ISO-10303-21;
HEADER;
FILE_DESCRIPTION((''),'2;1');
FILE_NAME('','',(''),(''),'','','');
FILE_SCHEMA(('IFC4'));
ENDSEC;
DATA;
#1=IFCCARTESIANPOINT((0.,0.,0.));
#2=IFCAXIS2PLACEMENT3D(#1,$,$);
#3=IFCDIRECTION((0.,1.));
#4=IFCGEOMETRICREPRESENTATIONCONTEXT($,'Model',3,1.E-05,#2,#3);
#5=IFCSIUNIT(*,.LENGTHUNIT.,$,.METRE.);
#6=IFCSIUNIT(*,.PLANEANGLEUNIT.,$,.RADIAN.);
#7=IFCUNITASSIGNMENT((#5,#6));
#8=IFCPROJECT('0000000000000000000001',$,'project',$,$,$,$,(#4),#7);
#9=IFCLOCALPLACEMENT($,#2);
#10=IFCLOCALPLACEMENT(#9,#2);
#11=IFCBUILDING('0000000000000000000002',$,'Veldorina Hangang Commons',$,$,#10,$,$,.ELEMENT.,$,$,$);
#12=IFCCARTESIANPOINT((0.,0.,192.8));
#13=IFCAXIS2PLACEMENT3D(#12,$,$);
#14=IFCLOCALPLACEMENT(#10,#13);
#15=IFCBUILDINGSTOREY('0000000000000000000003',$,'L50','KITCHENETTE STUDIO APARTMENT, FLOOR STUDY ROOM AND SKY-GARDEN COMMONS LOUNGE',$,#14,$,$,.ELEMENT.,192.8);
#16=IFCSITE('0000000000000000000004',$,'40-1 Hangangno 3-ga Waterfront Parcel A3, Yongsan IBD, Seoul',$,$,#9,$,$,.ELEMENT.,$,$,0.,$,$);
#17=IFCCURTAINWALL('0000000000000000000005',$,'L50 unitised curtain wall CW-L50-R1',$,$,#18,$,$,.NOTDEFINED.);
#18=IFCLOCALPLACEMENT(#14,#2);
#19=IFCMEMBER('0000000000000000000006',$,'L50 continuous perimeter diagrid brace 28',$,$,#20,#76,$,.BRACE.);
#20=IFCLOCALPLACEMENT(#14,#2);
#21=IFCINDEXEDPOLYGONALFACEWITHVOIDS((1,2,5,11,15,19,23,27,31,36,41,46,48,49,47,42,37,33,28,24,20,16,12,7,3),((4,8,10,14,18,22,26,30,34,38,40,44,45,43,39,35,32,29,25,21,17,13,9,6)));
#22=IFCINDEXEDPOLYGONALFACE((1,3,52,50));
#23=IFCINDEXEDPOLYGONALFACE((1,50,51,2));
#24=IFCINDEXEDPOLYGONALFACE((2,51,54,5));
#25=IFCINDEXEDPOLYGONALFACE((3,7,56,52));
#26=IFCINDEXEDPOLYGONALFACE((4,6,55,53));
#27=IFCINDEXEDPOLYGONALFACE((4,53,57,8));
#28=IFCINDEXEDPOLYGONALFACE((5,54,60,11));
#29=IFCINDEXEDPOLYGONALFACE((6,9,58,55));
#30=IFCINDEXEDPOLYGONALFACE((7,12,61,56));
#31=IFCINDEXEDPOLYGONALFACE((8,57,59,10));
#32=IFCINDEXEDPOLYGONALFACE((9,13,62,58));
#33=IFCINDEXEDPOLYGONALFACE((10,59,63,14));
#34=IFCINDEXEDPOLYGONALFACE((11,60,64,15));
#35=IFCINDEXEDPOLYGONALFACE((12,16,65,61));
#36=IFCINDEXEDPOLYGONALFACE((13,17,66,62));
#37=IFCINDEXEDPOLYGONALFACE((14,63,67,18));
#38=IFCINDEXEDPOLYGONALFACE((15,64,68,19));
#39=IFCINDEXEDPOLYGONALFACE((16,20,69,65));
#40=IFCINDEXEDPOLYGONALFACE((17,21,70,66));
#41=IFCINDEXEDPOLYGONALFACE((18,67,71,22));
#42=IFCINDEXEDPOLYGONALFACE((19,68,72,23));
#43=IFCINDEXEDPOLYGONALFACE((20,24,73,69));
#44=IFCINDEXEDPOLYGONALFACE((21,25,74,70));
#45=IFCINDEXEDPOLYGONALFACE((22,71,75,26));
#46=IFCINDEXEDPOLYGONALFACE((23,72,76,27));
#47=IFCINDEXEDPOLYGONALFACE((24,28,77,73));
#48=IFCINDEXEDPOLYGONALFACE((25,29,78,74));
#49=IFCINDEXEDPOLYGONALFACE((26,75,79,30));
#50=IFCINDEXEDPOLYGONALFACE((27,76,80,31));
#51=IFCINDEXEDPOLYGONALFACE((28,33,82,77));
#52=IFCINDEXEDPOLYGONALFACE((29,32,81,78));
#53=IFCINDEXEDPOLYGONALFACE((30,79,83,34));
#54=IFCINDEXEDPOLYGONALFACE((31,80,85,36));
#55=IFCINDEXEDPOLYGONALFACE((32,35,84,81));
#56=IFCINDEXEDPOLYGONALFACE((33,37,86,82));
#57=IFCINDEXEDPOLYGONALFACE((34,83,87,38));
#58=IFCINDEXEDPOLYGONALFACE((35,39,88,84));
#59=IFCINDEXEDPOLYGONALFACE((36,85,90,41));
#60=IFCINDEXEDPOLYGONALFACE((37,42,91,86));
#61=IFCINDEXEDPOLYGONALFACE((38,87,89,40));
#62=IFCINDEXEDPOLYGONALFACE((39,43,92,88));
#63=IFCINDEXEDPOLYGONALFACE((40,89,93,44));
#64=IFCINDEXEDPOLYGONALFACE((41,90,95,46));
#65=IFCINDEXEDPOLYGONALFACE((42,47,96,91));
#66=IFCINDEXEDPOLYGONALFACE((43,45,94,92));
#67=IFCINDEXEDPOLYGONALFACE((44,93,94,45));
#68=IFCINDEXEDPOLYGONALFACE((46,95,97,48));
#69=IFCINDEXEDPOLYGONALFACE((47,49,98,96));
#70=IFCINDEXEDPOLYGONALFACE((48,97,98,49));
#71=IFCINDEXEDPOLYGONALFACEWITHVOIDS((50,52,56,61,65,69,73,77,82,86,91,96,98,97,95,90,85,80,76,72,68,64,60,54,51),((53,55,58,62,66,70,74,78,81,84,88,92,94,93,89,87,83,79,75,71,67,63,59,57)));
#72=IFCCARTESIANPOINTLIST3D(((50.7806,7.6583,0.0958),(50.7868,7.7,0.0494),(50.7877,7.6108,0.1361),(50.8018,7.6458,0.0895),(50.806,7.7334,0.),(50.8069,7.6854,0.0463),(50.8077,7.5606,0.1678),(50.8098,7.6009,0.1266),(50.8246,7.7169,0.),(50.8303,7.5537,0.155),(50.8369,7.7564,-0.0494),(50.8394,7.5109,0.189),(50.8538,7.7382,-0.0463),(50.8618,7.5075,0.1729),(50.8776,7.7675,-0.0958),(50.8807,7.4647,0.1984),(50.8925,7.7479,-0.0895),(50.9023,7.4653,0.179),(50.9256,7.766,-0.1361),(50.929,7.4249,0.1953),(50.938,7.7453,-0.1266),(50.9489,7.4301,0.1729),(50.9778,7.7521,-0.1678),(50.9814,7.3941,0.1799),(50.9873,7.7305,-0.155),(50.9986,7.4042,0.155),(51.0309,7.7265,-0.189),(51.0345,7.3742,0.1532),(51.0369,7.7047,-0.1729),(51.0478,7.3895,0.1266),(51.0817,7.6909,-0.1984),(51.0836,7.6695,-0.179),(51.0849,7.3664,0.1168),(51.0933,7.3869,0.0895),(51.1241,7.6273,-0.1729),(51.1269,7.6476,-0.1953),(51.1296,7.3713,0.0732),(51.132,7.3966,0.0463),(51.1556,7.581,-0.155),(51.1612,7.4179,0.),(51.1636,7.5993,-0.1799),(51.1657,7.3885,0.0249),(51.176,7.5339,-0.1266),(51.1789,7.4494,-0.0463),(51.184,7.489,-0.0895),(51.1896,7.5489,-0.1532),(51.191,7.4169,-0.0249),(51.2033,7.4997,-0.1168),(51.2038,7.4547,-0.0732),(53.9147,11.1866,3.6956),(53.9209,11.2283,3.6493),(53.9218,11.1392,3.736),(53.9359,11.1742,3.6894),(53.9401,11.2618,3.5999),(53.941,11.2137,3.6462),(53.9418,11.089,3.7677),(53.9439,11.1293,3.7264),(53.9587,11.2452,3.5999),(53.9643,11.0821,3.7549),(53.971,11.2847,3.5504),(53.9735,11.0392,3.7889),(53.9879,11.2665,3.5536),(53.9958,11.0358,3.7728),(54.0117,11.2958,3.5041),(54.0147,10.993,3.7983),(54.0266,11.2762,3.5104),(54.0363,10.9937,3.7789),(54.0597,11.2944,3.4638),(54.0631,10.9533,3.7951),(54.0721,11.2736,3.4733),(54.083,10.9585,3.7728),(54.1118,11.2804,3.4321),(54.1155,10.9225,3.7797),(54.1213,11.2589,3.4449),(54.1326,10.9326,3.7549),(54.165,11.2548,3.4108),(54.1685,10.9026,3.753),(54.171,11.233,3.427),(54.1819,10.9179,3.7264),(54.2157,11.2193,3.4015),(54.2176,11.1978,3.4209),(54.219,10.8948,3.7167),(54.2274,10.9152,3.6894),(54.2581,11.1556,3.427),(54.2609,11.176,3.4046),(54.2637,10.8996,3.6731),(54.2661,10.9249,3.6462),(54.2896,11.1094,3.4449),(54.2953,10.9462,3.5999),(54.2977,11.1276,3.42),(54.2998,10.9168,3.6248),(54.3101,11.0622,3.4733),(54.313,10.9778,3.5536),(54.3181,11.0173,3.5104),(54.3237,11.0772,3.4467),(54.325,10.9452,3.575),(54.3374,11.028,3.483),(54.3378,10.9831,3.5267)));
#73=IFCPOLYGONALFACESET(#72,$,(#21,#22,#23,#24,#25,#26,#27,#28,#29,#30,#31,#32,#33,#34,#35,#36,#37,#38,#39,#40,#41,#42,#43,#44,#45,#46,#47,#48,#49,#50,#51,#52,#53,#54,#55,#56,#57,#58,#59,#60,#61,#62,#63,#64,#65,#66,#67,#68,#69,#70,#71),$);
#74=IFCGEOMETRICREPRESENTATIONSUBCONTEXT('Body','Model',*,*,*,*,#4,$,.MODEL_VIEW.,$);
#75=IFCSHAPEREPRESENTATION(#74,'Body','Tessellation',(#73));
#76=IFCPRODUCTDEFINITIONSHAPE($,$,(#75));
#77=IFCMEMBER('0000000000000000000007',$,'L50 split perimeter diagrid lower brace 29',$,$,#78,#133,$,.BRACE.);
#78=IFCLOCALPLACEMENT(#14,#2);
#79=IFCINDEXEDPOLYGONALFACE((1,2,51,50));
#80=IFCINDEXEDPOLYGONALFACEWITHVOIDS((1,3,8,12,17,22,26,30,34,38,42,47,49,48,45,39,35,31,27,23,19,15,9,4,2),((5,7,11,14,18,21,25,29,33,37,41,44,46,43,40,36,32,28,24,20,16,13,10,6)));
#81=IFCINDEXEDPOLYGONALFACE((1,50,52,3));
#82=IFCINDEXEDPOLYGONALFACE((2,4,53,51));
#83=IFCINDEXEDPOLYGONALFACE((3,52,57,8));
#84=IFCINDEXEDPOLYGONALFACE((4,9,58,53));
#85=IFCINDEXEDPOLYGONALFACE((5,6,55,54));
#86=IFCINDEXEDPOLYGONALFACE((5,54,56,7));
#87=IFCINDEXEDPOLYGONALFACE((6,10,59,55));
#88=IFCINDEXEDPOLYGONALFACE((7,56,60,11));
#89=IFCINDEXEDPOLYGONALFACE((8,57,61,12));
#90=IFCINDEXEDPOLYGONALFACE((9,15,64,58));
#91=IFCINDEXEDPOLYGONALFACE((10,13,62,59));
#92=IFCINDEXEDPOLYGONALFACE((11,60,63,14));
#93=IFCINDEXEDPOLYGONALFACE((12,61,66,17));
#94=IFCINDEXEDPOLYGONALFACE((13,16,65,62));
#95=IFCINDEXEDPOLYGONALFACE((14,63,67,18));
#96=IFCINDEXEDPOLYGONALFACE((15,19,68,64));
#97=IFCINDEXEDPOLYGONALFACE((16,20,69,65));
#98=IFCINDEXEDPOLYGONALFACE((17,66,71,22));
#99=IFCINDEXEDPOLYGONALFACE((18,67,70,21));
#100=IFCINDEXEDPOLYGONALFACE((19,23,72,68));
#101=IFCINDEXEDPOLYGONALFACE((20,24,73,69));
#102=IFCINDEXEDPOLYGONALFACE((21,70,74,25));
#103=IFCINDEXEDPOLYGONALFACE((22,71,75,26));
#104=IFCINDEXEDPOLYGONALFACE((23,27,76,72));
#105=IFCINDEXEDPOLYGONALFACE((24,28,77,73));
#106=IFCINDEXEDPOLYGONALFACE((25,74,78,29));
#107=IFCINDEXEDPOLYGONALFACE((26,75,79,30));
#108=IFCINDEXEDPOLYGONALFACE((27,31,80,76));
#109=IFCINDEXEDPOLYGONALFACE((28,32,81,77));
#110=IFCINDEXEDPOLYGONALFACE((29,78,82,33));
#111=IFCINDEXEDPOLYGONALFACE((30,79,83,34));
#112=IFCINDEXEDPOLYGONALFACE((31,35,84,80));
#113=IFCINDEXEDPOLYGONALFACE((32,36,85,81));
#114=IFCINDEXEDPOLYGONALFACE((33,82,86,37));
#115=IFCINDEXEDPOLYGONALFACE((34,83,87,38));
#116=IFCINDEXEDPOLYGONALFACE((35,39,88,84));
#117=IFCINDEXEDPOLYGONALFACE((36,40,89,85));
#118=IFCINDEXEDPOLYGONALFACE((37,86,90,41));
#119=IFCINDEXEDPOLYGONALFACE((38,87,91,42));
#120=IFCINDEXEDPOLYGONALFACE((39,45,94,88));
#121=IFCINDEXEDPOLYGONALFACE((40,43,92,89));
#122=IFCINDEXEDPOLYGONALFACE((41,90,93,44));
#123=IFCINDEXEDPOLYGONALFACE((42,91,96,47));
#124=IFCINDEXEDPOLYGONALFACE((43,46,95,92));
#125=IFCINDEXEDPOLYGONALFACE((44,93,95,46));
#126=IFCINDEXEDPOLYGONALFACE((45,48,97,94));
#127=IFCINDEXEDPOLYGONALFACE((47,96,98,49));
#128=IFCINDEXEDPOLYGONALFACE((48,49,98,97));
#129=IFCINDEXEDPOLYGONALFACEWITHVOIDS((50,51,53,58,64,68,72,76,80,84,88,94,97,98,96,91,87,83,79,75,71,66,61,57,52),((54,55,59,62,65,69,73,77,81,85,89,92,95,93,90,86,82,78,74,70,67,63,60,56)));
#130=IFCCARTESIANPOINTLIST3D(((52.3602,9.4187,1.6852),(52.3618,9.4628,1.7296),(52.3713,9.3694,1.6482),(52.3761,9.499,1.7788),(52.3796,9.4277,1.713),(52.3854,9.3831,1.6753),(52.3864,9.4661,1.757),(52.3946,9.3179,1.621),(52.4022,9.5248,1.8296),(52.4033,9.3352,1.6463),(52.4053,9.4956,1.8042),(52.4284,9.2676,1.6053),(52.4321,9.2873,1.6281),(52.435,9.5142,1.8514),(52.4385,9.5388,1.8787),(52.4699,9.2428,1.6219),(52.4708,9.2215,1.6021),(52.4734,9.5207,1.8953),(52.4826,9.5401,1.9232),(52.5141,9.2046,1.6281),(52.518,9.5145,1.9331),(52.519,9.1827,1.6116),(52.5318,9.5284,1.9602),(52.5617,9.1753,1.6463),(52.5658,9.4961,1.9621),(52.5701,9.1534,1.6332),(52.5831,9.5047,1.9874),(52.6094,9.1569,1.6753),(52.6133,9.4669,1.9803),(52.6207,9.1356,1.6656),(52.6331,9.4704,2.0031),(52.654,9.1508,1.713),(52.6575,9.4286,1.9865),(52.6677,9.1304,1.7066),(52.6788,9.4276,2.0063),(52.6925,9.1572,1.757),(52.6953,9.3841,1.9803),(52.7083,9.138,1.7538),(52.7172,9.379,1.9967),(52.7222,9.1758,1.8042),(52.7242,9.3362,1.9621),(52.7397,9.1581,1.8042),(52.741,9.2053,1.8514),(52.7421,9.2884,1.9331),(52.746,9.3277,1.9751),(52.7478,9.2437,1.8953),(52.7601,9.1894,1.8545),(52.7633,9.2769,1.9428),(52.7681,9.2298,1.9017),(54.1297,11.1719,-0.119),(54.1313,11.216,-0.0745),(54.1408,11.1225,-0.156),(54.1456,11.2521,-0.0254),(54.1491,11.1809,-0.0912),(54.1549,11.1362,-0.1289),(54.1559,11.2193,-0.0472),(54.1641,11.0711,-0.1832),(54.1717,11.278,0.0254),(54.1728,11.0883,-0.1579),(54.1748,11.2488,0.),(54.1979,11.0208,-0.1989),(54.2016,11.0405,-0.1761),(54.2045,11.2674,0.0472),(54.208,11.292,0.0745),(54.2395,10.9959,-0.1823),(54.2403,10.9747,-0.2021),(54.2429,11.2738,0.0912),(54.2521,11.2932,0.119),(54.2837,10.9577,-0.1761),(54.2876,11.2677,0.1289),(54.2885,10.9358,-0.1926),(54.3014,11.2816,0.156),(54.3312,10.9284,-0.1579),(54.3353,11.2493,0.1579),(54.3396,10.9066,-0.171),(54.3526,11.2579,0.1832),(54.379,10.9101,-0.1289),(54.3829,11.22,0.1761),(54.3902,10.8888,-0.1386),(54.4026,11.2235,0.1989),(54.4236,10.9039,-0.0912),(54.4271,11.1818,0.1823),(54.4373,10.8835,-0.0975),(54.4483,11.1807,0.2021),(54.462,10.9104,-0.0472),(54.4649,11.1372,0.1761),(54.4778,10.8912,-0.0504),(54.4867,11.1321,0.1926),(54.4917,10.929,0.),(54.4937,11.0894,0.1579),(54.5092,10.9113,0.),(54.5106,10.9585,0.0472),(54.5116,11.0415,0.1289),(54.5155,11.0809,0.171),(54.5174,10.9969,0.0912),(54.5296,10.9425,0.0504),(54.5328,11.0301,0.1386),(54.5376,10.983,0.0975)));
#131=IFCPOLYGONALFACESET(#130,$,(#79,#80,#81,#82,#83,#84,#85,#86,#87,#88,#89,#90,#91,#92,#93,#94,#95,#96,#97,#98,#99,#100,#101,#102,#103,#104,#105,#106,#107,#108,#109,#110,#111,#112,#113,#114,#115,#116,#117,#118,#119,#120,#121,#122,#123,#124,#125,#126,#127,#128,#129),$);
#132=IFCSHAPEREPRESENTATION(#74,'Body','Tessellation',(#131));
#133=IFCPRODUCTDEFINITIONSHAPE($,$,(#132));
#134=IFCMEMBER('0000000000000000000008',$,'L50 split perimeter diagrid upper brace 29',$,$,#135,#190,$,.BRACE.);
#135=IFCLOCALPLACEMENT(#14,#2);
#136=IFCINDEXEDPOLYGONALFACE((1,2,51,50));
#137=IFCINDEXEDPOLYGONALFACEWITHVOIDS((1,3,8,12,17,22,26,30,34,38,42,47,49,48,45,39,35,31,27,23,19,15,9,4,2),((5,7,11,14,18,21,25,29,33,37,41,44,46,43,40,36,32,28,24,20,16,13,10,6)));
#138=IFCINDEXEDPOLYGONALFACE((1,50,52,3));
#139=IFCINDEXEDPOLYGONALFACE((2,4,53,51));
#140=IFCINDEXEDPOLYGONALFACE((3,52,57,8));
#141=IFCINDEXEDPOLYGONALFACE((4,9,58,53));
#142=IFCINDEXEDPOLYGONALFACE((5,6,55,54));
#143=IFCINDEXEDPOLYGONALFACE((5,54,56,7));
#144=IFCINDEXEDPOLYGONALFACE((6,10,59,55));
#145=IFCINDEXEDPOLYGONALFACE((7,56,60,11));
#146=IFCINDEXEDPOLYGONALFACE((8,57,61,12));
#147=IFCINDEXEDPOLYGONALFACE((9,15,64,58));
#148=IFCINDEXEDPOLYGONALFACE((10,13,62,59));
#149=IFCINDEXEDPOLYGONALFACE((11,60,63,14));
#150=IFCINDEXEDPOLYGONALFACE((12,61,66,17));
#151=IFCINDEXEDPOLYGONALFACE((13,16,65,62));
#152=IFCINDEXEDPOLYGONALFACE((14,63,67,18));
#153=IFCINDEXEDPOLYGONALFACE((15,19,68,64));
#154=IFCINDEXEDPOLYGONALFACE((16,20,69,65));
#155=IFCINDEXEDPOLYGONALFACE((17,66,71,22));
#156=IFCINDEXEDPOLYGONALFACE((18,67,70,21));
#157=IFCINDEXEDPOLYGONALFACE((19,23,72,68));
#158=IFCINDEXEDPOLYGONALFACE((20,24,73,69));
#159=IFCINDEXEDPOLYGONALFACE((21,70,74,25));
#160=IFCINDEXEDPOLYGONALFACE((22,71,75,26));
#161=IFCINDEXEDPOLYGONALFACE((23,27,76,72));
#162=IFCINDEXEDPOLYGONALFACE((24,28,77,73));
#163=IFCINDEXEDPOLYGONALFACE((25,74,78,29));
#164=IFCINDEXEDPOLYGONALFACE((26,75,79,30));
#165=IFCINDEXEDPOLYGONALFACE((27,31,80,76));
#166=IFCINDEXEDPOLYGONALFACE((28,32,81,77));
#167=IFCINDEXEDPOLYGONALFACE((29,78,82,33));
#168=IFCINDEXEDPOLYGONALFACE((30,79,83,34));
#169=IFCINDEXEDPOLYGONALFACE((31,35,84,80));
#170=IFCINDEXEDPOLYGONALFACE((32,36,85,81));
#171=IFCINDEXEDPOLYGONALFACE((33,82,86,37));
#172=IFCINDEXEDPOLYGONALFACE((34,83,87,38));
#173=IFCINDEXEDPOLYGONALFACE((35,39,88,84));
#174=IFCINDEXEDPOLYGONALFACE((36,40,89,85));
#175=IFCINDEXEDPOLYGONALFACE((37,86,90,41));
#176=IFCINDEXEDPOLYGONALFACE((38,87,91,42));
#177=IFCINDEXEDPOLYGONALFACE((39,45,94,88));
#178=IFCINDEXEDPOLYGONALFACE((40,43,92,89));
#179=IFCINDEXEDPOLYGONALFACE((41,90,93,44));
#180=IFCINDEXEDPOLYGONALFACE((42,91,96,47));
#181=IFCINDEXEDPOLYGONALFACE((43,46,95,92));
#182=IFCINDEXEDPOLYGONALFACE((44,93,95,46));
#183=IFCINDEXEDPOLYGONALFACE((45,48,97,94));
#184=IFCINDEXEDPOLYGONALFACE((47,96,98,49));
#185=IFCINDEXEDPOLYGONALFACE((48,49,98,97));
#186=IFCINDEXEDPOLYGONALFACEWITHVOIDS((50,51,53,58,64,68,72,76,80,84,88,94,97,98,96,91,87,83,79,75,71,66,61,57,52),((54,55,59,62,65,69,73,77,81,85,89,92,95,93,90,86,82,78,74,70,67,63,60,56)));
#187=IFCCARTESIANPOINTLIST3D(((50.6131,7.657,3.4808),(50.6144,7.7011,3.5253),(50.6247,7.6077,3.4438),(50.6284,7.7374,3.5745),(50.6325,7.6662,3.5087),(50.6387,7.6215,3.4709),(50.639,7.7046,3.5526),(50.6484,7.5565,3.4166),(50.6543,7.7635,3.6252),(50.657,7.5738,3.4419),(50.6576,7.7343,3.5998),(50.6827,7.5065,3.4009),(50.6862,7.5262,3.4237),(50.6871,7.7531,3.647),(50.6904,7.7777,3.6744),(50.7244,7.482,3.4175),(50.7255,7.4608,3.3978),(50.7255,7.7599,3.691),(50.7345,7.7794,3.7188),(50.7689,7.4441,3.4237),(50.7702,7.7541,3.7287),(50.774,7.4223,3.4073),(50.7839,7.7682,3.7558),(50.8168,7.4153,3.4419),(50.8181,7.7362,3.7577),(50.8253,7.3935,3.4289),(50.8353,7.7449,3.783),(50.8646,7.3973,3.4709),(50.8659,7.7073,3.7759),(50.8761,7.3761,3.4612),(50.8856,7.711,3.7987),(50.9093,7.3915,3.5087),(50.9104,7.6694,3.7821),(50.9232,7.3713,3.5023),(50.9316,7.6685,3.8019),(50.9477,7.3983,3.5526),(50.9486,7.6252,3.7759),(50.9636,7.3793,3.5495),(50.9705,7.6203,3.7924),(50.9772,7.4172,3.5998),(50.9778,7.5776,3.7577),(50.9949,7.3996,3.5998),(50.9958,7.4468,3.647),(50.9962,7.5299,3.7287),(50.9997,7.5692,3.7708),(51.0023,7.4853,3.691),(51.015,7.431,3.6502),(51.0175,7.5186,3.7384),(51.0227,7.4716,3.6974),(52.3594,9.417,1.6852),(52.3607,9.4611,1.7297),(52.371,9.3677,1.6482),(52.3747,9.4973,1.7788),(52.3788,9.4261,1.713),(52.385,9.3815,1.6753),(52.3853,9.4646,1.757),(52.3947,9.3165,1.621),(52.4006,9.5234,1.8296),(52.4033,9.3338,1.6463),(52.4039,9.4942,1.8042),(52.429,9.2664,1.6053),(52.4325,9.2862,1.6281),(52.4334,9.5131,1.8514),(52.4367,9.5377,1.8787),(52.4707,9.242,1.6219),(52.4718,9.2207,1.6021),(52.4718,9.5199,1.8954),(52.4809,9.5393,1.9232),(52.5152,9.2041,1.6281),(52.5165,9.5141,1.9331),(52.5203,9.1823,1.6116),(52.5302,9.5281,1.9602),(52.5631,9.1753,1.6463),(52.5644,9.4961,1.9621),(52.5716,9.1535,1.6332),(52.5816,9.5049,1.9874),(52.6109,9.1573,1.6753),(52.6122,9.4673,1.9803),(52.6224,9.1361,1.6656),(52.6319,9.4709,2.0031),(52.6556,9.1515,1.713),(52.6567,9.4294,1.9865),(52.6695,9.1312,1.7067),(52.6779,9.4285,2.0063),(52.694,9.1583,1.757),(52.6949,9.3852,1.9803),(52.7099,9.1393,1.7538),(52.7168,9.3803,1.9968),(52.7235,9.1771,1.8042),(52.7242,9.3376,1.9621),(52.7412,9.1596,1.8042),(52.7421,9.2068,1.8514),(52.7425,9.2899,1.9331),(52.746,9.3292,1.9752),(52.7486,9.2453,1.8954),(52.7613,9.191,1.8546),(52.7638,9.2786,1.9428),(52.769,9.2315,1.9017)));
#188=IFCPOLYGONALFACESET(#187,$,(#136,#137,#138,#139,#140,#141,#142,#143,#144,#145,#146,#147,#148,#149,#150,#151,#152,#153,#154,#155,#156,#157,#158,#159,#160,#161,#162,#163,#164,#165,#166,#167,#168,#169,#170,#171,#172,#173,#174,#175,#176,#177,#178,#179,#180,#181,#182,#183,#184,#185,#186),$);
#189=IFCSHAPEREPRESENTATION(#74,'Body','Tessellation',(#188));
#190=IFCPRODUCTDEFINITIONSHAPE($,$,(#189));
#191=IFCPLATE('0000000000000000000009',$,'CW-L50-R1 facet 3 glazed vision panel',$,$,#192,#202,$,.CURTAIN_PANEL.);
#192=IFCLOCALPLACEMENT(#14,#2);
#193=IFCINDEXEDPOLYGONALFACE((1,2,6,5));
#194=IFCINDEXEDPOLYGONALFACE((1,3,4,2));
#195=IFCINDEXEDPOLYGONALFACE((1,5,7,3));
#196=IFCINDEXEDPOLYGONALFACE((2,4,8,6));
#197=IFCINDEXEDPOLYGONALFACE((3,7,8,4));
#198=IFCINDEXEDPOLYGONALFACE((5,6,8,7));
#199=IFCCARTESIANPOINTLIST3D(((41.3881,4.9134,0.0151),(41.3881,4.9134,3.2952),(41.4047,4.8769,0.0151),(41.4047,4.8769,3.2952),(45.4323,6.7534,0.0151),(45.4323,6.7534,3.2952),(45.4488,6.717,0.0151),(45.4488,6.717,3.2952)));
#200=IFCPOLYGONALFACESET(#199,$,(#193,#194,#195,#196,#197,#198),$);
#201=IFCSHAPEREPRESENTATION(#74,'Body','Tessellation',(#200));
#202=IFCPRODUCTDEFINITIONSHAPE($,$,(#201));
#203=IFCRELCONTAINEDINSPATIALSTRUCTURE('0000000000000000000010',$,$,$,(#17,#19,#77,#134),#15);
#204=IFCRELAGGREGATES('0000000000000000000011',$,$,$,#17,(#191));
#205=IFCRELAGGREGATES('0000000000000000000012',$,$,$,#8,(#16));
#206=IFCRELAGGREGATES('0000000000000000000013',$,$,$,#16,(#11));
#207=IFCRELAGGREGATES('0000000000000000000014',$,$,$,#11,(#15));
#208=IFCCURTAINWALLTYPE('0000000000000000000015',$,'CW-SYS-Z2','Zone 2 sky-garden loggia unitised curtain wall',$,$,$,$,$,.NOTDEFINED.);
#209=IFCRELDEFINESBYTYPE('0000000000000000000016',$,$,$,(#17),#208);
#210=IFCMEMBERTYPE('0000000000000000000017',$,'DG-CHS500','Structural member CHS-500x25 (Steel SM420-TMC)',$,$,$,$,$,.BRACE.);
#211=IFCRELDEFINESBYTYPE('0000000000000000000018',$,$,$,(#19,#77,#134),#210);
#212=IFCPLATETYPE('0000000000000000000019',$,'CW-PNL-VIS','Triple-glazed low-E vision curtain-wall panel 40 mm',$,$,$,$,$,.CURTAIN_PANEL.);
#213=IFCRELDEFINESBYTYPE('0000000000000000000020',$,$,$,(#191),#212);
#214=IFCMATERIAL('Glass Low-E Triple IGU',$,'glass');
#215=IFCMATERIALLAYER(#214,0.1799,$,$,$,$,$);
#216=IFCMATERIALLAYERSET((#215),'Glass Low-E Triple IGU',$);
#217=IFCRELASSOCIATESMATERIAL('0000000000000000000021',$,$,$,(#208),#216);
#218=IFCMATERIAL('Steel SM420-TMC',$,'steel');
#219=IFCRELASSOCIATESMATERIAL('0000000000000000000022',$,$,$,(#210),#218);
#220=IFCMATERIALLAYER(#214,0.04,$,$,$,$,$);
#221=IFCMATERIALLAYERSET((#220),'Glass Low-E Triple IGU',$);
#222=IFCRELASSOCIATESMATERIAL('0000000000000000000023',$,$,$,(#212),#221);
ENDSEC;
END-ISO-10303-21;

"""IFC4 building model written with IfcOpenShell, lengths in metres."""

from ifc_helpers import new_model, si_unit, direction, frame, origin, origin_2d, place, context, subcontext, project, spatial, rectangle, hollow_circle, extrude, material, layer, layer_set, material_profile, profile_set, type_object, element, aggregate, save


model = new_model("IFC4")

# Units and contexts
model_context = context("Model", 3, precision=1e-05, world=origin(), true_north=direction((0.0, 1.0)))
body_context = subcontext(model_context, "Body", "Model", "MODEL_VIEW")
ifc_project = project(units=[si_unit("LENGTHUNIT", "METRE"), si_unit("PLANEANGLEUNIT", "RADIAN")], contexts=[model_context])

# Site, building, storey
site_placement = place(None, origin())
site = spatial("IfcSite", under=ifc_project, at=site_placement, Name="40-1 Hangangno 3-ga Waterfront Parcel A3, Yongsan IBD, Seoul", CompositionType="ELEMENT", RefElevation=0.0)
building_placement = place(site_placement, origin())
building = spatial("IfcBuilding", under=site, at=building_placement, Name="Veldorina Hangang Commons", CompositionType="ELEMENT")
storey_placement = place(building_placement, frame((0.0, 0.0, 192.8)))
storey = spatial("IfcBuildingStorey", under=building, at=storey_placement, Name="L50", Description="KITCHENETTE STUDIO APARTMENT, FLOOR STUDY ROOM AND SKY-GARDEN COMMONS LOUNGE", CompositionType="ELEMENT", Elevation=192.8)

# Shared definitions
ifc_material_1 = material(Name="Steel SM420-TMC", Category="steel")

# Curtain wall
ifc_material_2 = material(Name="Glass Low-E Triple IGU", Category="glass")
ifc_layer_1 = layer(ifc_material_2, 0.1799)
ifc_layer_set_1 = layer_set([ifc_layer_1], Name="Glass Low-E Triple IGU")
curtain_wall_type = type_object("IfcCurtainWallType", Name="CW-SYS-Z2", Description="Zone 2 sky-garden loggia unitised curtain wall", PredefinedType="NOTDEFINED", material=ifc_layer_set_1)
curtain_wall_1_placement = place(storey_placement, origin())
curtain_wall_1 = element("IfcCurtainWall", 1, at=curtain_wall_1_placement, inside=storey, type_object=curtain_wall_type, Name="L50 unitised curtain wall CW-L50-R1", PredefinedType="NOTDEFINED")

# Members
ifc_material_profile_1 = material_profile(ifc_material_1, hollow_circle(Radius=0.25, WallThickness=0.0249, at=origin_2d()), Name="CHS-500x25")
ifc_profile_set_1 = profile_set([ifc_material_profile_1], Name="Steel SM420-TMC")
member_type_1 = type_object("IfcMemberType", Name="DG-CHS500", Description="Structural member CHS-500x25 (Steel SM420-TMC)", PredefinedType="BRACE", material=ifc_profile_set_1)
member_1_placement = place(storey_placement, frame((50.9929, 7.5674, 0.0), z_axis=(0.528015, 0.594444, 0.606495), x_axis=(-0.747646, 0.664097, 0.0)))
element("IfcMember", 2, at=member_1_placement, inside=storey, type_object=member_type_1, Name="L50 continuous perimeter diagrid brace 28", PredefinedType="BRACE", context=body_context, shape_type="SweptSolid", body=[
    extrude(hollow_circle(Radius=0.25, WallThickness=0.0249, at=origin_2d()), origin(), (0.0, 0.0, 1.0), 5.9355),
])
member_2_placement = place(storey_placement, frame((54.3333, 11.0889, 0.0), z_axis=(-0.575324, -0.570006, 0.586596), x_axis=(0.703816, -0.710383, 0.0)))
element("IfcMember", 3, at=member_2_placement, inside=storey, type_object=member_type_1, Name="L50 split perimeter diagrid lower brace 29", PredefinedType="BRACE", context=body_context, shape_type="SweptSolid", body=[
    extrude(hollow_circle(Radius=0.25, WallThickness=0.0249, at=origin_2d()), origin(), (0.0, 0.0, 1.0), 3.0757),
])
member_3_placement = place(storey_placement, frame((52.5637, 9.3357, 1.8042), z_axis=(-0.570452, -0.574918, 0.586561), x_axis=(0.709859, -0.704344, 0.0)))
element("IfcMember", 4, at=member_3_placement, inside=storey, type_object=member_type_1, Name="L50 split perimeter diagrid upper brace 29", PredefinedType="BRACE", context=body_context, shape_type="SweptSolid", body=[
    extrude(hollow_circle(Radius=0.25, WallThickness=0.0249, at=origin_2d()), origin(), (0.0, 0.0, 1.0), 3.0613),
])

# Plate
ifc_layer_2 = layer(ifc_material_2, 0.04)
ifc_layer_set_2 = layer_set([ifc_layer_2], Name="Glass Low-E Triple IGU")
plate_type_1 = type_object("IfcPlateType", Name="CW-PNL-VIS", Description="Triple-glazed low-E vision curtain-wall panel 40 mm", PredefinedType="CURTAIN_PANEL", material=ifc_layer_set_2)
plate_1_placement = place(storey_placement, frame((43.4185, 5.8152, 0.0151), z_axis=(0.0, 0.0, 1.0), x_axis=(0.910214, 0.414137, 0.0)))
plate_1 = element("IfcPlate", 5, at=plate_1_placement, type_object=plate_type_1, Name="CW-L50-R1 facet 3 glazed vision panel", PredefinedType="CURTAIN_PANEL", context=body_context, shape_type="SweptSolid", body=[
    extrude(rectangle(XDim=4.4431, YDim=0.04, at=origin_2d()), origin(), (0.0, 0.0, 1.0), 3.28),
])
aggregate(curtain_wall_1, [plate_1])

save(model, "model.ifc")
